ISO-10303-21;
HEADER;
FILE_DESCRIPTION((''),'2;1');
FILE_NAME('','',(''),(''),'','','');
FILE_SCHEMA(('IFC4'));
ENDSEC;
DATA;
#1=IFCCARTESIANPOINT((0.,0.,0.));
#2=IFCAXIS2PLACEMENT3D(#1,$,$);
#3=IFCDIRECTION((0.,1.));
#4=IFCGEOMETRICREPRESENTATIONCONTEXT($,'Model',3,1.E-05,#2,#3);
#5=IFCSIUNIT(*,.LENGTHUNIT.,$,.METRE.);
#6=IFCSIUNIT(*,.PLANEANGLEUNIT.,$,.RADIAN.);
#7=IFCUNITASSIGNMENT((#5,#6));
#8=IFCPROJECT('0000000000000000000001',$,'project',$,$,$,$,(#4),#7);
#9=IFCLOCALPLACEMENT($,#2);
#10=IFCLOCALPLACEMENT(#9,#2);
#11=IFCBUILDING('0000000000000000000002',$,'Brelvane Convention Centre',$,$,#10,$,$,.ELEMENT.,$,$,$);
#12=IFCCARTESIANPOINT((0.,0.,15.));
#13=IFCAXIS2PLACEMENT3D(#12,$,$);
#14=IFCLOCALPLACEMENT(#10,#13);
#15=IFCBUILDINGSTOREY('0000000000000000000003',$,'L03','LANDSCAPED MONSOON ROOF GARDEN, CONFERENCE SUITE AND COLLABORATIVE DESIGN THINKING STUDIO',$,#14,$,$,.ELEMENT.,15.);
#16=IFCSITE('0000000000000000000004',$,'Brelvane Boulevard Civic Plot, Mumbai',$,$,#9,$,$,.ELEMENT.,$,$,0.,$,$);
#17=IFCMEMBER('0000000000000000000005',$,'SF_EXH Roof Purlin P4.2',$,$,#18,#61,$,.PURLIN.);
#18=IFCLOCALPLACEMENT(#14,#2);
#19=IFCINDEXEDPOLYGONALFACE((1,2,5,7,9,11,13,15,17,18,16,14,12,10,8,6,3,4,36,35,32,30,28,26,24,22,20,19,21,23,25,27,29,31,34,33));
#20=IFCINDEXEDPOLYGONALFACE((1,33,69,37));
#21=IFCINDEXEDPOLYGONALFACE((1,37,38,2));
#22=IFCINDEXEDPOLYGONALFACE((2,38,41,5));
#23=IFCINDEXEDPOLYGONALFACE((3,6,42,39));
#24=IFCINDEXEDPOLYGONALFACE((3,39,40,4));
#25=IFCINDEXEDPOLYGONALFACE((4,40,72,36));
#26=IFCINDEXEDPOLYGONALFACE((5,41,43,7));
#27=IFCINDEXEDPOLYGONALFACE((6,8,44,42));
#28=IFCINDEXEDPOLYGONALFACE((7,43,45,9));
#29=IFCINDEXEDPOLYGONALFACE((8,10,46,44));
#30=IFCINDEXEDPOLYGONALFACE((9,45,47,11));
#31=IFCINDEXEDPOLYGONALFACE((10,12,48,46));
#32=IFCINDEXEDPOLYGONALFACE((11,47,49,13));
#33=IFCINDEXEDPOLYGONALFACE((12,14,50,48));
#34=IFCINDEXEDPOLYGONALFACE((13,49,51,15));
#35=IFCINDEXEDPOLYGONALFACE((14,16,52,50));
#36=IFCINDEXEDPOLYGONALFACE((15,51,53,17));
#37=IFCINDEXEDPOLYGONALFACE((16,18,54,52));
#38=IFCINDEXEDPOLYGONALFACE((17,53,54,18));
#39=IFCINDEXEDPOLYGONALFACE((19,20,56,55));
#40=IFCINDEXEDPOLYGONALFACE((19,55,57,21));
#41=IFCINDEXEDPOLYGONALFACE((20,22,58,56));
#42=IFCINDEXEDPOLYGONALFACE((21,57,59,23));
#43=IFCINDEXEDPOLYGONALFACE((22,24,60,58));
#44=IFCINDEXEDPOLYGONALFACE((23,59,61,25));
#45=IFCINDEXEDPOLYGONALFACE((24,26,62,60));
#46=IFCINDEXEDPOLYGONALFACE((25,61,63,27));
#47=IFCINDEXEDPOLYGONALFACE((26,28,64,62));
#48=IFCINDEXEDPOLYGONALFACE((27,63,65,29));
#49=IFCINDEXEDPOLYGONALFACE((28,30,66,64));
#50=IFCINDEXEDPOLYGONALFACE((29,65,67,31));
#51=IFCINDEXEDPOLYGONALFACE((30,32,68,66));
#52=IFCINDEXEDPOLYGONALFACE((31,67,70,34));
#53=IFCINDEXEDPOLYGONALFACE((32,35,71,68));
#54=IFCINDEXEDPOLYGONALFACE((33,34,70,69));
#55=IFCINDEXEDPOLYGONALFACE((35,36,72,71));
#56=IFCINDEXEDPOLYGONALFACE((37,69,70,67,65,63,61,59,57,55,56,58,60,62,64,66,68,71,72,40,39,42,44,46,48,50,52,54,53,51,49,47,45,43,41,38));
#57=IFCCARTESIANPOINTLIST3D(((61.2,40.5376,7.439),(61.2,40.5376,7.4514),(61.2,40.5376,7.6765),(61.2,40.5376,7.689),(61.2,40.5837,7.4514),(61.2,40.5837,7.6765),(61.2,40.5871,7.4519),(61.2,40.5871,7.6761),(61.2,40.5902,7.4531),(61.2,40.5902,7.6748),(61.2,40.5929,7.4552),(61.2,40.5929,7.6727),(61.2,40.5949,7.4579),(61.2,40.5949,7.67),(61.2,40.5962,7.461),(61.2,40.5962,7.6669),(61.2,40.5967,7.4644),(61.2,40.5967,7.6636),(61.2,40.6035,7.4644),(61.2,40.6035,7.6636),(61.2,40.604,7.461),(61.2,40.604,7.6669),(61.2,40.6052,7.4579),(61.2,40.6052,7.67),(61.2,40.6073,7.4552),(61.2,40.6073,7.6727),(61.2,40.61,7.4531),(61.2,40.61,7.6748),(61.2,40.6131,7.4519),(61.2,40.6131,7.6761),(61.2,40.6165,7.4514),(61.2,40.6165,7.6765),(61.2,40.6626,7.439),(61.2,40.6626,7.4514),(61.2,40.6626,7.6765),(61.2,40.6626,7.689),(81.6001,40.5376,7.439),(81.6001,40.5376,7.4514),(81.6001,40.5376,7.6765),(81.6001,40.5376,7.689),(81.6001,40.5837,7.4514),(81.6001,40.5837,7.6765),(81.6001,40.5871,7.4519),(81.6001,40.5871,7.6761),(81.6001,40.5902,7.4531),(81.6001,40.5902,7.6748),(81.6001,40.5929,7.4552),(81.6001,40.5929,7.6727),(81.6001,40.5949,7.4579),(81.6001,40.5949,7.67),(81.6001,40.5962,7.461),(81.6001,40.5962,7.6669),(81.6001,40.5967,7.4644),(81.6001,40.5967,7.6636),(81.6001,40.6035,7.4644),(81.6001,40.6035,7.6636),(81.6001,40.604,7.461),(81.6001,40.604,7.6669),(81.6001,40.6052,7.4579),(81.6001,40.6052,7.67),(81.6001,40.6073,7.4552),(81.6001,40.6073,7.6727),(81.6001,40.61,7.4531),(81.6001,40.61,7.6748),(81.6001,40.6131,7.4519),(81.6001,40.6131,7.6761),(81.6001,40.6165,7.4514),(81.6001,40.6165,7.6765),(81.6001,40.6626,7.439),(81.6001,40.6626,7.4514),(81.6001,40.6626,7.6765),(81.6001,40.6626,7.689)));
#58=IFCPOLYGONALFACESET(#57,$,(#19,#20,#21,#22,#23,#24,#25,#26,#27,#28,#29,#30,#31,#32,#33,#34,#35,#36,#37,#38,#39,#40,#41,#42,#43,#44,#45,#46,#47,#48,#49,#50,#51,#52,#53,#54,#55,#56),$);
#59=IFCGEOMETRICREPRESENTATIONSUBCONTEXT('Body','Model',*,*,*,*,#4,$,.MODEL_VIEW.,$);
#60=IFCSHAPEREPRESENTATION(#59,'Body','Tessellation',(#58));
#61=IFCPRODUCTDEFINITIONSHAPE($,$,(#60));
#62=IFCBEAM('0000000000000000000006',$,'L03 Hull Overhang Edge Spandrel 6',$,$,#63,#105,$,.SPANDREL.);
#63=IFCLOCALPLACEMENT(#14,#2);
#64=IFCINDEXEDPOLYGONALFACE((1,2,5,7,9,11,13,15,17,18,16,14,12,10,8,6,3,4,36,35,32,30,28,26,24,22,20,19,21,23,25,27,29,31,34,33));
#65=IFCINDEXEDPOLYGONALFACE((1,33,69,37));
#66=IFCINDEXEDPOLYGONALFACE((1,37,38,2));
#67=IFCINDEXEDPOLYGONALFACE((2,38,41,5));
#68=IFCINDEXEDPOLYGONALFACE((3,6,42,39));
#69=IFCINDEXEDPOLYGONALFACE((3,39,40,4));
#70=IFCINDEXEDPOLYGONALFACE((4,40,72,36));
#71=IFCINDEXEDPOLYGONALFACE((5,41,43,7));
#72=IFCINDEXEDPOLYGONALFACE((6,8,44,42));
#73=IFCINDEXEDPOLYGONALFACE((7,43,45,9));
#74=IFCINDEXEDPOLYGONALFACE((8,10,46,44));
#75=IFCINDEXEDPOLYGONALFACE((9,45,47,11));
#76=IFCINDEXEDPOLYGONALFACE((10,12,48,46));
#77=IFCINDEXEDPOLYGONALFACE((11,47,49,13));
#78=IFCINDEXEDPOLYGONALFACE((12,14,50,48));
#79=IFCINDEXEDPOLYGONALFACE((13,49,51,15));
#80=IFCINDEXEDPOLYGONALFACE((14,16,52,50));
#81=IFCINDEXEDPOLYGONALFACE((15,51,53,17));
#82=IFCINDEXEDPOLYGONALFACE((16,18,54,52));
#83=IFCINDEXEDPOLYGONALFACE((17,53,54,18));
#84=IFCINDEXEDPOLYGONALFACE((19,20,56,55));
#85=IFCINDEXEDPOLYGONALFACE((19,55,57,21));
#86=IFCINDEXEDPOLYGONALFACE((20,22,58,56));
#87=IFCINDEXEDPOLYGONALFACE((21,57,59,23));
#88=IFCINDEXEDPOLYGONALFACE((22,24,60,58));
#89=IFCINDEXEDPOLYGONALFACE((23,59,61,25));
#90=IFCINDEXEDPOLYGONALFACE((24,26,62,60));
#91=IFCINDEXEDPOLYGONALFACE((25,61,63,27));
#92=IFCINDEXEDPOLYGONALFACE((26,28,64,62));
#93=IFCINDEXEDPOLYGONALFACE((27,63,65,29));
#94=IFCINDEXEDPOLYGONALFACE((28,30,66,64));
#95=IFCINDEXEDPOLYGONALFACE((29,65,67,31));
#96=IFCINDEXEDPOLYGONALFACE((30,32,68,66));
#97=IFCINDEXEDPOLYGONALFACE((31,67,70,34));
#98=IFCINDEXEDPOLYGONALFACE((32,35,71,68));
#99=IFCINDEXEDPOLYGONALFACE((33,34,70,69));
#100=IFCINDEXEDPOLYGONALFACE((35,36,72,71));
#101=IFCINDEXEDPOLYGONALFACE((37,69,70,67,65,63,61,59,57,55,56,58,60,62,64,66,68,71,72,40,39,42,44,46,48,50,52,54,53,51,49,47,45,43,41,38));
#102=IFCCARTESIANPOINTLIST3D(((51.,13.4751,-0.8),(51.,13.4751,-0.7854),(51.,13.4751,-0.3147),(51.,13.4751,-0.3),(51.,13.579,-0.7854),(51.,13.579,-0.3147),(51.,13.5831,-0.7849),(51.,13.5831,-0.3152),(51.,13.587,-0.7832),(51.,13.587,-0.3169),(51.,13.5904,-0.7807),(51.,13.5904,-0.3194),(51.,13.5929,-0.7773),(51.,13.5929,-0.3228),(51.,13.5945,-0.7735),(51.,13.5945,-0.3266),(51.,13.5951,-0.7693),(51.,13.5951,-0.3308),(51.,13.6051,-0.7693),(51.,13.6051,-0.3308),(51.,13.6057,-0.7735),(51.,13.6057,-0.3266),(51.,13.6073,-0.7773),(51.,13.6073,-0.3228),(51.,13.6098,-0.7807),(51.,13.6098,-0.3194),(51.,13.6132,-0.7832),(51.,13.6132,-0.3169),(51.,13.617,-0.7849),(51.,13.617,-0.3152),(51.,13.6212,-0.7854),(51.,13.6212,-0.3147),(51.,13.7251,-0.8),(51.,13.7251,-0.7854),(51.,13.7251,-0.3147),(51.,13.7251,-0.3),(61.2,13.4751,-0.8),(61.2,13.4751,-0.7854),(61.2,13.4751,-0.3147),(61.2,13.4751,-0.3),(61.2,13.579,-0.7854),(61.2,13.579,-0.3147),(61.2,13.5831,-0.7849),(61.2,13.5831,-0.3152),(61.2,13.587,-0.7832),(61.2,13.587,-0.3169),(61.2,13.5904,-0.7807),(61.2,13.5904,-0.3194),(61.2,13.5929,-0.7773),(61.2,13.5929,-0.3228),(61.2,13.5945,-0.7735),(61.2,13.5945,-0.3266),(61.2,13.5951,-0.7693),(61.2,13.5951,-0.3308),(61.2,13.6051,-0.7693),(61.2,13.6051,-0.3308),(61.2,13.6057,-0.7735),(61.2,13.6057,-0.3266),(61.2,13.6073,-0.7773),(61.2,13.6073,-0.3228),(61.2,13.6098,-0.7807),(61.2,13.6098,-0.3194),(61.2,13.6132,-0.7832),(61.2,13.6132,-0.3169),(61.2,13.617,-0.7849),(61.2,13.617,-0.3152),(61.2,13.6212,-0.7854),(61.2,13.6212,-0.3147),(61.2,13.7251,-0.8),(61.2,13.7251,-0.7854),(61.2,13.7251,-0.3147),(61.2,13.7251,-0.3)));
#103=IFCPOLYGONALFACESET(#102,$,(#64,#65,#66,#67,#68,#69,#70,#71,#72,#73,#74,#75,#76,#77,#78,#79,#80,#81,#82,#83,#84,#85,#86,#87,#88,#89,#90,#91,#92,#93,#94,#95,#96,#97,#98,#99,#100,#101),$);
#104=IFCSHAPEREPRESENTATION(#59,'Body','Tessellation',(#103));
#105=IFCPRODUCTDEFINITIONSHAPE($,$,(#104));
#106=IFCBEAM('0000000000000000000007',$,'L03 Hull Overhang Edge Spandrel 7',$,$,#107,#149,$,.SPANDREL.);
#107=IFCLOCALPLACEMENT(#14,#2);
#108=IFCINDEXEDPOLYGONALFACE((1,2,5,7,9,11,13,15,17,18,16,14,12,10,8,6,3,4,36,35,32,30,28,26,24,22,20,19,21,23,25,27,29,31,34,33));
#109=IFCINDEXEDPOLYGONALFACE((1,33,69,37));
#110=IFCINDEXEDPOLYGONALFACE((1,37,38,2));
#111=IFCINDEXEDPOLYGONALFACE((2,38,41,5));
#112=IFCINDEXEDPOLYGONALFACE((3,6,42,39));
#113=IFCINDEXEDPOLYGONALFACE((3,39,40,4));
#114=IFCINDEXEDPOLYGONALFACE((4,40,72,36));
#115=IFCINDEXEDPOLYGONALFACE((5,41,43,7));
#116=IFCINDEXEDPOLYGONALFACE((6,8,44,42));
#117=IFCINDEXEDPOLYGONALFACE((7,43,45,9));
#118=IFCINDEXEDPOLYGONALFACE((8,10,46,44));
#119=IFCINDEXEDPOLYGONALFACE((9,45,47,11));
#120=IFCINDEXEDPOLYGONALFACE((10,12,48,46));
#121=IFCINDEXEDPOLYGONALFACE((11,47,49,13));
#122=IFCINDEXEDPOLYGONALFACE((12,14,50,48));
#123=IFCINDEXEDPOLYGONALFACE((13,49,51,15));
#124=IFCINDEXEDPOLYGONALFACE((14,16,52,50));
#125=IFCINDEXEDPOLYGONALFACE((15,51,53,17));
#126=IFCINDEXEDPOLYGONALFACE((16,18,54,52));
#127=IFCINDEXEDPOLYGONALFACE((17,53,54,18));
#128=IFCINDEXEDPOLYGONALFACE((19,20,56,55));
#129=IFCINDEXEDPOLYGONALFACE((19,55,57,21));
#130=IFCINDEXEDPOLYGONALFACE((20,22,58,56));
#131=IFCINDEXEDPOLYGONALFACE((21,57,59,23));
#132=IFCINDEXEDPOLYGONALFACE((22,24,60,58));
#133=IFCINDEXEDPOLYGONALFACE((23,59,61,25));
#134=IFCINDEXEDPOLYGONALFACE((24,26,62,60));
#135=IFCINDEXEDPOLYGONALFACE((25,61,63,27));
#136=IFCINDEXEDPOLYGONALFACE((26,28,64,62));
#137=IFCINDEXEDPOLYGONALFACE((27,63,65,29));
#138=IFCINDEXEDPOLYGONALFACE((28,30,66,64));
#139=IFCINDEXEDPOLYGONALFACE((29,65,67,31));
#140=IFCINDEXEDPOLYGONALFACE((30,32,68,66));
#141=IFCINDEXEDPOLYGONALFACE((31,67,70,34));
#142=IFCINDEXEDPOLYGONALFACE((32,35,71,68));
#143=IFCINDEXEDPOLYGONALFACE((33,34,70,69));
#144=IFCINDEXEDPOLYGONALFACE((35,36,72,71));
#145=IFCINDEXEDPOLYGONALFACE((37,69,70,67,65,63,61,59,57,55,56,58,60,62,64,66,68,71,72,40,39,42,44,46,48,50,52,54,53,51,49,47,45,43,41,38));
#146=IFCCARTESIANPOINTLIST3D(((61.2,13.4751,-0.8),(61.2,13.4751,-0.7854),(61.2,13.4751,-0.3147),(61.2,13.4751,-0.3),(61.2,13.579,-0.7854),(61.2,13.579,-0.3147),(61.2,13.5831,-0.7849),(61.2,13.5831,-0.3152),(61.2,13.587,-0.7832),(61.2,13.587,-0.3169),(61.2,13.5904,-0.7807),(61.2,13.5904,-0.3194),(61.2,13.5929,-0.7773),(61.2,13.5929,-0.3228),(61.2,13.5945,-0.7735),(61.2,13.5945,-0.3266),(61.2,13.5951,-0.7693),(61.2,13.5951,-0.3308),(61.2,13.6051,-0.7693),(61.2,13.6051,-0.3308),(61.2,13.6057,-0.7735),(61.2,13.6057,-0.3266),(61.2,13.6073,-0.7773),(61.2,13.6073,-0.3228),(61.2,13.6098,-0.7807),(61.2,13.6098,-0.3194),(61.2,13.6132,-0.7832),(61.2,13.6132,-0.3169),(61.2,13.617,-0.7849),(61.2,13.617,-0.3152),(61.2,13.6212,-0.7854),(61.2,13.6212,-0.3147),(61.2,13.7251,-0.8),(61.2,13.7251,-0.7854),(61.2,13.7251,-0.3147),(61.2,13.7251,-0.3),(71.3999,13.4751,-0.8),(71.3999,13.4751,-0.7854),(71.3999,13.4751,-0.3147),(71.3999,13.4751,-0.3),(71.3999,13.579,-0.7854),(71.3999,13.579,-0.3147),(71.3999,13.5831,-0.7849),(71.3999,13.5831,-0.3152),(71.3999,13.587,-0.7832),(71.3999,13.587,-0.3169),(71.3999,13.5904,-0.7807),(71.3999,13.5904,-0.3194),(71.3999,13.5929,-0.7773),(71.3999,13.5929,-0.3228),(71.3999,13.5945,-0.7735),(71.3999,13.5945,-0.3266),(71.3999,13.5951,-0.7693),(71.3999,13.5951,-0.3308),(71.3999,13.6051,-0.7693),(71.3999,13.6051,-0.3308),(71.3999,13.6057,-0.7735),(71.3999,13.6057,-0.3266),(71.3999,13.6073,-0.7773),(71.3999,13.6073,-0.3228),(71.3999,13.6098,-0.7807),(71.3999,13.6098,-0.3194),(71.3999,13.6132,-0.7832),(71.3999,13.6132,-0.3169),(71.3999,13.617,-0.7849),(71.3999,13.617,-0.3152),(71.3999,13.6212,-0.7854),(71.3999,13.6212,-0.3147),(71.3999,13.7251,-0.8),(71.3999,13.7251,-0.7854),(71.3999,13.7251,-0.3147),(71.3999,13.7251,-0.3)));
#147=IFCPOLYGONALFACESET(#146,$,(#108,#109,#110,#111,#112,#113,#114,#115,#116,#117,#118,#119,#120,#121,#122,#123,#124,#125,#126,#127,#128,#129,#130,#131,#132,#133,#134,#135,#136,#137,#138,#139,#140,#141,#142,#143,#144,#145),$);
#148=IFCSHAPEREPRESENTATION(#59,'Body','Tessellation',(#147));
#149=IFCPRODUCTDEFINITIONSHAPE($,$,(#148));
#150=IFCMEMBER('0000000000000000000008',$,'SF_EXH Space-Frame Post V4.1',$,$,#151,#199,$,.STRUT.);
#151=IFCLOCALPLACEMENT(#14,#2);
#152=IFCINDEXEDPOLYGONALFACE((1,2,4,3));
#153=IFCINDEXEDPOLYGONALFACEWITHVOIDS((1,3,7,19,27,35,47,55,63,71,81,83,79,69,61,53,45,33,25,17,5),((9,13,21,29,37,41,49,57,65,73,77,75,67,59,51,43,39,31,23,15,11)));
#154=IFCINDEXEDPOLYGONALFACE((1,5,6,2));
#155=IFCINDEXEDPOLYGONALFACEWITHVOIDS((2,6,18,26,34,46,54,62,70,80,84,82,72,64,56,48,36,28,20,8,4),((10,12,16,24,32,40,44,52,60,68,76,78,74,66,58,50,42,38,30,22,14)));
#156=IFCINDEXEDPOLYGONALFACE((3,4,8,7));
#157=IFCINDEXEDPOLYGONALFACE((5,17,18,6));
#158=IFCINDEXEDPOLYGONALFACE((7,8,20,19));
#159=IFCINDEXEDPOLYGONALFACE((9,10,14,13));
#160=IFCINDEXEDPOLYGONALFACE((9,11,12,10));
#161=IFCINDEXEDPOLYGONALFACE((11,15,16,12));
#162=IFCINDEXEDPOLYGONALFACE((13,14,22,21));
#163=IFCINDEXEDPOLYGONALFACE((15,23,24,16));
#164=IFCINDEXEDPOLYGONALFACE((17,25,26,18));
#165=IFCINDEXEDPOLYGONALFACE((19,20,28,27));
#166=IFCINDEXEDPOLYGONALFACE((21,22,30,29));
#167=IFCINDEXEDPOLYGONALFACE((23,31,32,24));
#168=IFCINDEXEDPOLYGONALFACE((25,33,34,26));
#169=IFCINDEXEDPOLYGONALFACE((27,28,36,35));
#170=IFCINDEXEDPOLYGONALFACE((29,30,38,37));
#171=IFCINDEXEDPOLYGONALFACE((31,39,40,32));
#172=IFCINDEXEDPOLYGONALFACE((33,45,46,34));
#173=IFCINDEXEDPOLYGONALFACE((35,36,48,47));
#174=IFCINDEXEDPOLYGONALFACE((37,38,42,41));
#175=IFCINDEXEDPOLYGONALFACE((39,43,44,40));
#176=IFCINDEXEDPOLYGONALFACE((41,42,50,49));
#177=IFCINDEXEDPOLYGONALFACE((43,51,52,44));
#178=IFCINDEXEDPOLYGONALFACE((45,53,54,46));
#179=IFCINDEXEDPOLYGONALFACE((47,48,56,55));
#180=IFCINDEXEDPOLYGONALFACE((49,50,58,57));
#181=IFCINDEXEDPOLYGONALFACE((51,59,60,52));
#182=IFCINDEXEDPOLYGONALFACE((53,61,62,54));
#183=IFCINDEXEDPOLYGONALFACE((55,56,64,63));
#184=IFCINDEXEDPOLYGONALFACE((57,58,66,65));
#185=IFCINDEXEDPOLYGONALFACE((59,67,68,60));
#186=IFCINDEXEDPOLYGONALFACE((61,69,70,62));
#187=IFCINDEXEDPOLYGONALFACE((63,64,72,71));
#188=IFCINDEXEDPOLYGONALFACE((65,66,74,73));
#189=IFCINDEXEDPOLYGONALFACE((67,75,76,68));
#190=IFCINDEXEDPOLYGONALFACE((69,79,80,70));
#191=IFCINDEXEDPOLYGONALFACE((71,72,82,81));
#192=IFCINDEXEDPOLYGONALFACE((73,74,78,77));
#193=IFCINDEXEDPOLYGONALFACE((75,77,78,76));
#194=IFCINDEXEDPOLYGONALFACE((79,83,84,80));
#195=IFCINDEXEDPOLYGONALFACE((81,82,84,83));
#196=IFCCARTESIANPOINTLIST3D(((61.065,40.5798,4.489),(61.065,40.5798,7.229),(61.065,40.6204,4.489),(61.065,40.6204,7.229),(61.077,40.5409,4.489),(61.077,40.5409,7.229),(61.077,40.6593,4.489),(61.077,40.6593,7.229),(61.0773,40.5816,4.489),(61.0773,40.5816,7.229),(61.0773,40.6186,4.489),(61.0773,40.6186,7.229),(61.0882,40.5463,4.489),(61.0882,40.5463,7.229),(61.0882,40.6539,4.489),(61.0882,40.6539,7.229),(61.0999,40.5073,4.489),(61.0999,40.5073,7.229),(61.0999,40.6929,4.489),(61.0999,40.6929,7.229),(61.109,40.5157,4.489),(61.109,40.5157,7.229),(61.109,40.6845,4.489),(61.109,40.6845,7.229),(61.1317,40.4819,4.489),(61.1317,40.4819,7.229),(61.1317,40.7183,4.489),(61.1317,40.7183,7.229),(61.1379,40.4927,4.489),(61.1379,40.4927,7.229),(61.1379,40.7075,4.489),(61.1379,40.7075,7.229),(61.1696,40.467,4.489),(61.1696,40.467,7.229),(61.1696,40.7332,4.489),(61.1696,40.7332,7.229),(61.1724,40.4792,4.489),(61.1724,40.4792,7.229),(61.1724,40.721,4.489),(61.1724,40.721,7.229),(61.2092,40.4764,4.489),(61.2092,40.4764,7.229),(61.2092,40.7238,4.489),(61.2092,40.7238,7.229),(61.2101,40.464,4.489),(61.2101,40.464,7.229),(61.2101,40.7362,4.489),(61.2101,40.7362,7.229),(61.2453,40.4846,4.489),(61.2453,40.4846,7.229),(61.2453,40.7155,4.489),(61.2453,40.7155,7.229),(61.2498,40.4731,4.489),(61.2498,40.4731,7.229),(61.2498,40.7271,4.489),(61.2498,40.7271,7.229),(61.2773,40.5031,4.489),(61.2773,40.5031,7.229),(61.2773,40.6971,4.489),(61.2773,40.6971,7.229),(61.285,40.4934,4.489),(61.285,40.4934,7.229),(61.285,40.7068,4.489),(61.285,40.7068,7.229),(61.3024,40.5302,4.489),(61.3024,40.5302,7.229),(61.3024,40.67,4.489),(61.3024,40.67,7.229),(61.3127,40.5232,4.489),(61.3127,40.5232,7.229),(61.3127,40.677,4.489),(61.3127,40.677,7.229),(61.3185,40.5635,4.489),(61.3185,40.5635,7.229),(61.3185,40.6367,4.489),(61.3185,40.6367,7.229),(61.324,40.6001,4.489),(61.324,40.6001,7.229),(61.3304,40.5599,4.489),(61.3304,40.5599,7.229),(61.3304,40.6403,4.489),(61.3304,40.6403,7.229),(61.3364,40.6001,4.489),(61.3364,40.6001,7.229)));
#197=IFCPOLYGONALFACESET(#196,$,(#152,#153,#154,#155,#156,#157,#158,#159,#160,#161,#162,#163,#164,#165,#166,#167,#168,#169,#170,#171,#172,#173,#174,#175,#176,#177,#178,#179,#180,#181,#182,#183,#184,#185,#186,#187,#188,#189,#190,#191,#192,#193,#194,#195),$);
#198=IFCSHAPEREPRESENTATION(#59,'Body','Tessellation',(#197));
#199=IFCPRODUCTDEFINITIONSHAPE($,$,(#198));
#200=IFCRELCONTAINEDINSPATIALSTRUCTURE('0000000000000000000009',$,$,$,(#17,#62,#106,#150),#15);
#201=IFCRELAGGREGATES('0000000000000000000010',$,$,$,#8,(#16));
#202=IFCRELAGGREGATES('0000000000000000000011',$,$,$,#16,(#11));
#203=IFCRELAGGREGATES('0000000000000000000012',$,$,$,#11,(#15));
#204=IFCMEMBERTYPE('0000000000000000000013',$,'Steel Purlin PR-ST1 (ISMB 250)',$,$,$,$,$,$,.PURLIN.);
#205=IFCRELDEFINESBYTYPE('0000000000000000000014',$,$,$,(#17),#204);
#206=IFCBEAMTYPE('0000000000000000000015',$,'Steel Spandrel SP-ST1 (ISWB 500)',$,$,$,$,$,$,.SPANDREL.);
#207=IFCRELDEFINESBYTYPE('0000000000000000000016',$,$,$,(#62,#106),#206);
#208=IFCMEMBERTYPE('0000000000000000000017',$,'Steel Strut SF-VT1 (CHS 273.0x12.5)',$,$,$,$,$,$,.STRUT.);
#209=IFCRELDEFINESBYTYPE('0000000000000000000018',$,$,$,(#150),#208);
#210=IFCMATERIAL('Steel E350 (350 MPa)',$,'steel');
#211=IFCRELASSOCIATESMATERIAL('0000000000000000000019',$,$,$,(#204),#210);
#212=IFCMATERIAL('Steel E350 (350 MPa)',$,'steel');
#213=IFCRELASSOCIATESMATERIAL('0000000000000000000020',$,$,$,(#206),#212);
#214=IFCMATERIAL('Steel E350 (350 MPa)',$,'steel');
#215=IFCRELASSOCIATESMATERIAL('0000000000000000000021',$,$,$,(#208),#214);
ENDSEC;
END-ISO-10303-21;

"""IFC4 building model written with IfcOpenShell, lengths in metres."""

from ifc_helpers import new_model, si_unit, direction, frame, origin, origin_2d, place, context, subcontext, project, spatial, hollow_circle, i_section, extrude, material, material_profile, profile_set, type_object, element, save


model = new_model("IFC4")

# Units and contexts
model_context = context("Model", 3, precision=1e-05, world=origin(), true_north=direction((0.0, 1.0)))
body_context = subcontext(model_context, "Body", "Model", "MODEL_VIEW")
ifc_project = project(units=[si_unit("LENGTHUNIT", "METRE"), si_unit("PLANEANGLEUNIT", "RADIAN")], contexts=[model_context])

# Site, building, storey
site_placement = place(None, origin())
site = spatial("IfcSite", under=ifc_project, at=site_placement, Name="Brelvane Boulevard Civic Plot, Mumbai", CompositionType="ELEMENT", RefElevation=0.0)
building_placement = place(site_placement, origin())
building = spatial("IfcBuilding", under=site, at=building_placement, Name="Brelvane Convention Centre", CompositionType="ELEMENT")
storey_placement = place(building_placement, frame((0.0, 0.0, 15.0)))
storey = spatial("IfcBuildingStorey", under=building, at=storey_placement, Name="L03", Description="LANDSCAPED MONSOON ROOF GARDEN, CONFERENCE SUITE AND COLLABORATIVE DESIGN THINKING STUDIO", CompositionType="ELEMENT", Elevation=15.0)

# Member
ifc_material_1 = material(Name="Steel E350 (350 MPa)", Category="steel")
ifc_material_profile_1 = material_profile(ifc_material_1, i_section(OverallWidth=0.125, OverallDepth=0.25, WebThickness=0.0068, FlangeThickness=0.0125, FilletRadius=0.0129, at=origin_2d()), Name="ISMB 250")
ifc_profile_set_1 = profile_set([ifc_material_profile_1], Name="Steel E350 (350 MPa)")
member_type_1 = type_object("IfcMemberType", Name="Steel Purlin PR-ST1 (ISMB 250)", PredefinedType="PURLIN", material=ifc_profile_set_1)
member_1_placement = place(storey_placement, frame((61.2, 40.6001, 7.564), z_axis=(1.0, 0.0, 0.0), x_axis=(0.0, 1.0, 0.0)))
element("IfcMember", 1, at=member_1_placement, inside=storey, type_object=member_type_1, Name="SF_EXH Roof Purlin P4.2", PredefinedType="PURLIN", context=body_context, shape_type="SweptSolid", body=[
    extrude(i_section(OverallWidth=0.125, OverallDepth=0.25, WebThickness=0.0068, FlangeThickness=0.0125, FilletRadius=0.0129, at=origin_2d()), origin(), (0.0, 0.0, 1.0), 20.4001),
])

# Beams
ifc_material_2 = material(Name="Steel E350 (350 MPa)", Category="steel")
ifc_material_profile_2 = material_profile(ifc_material_2, i_section(OverallWidth=0.25, OverallDepth=0.5, WebThickness=0.01, FlangeThickness=0.0146, FilletRadius=0.0161, at=origin_2d()), Name="ISWB 500")
ifc_profile_set_2 = profile_set([ifc_material_profile_2], Name="Steel E350 (350 MPa)")
beam_type_1 = type_object("IfcBeamType", Name="Steel Spandrel SP-ST1 (ISWB 500)", PredefinedType="SPANDREL", material=ifc_profile_set_2)
for number, where, z_axis, x_axis, name in (
    (2, (51.0, 13.6001, -0.55), (1.0, 0.0, 0.0), (0.0, 1.0, 0.0), "L03 Hull Overhang Edge Spandrel 6"),
    (3, (61.2, 13.6001, -0.55), (1.0, 0.0, 0.0), (0.0, 1.0, 0.0), "L03 Hull Overhang Edge Spandrel 7"),
):
    element("IfcBeam", number, at=place(storey_placement, frame(where, z_axis=z_axis, x_axis=x_axis)), inside=storey, type_object=beam_type_1, Name=name, PredefinedType="SPANDREL", context=body_context, shape_type="SweptSolid", body=[
        extrude(i_section(OverallWidth=0.25, OverallDepth=0.5, WebThickness=0.01, FlangeThickness=0.0146, FilletRadius=0.0161, at=origin_2d()), origin(), (0.0, 0.0, 1.0), 10.2),
    ])

# Member
ifc_material_3 = material(Name="Steel E350 (350 MPa)", Category="steel")
ifc_material_profile_3 = material_profile(ifc_material_3, hollow_circle(Radius=0.1365, WallThickness=0.0125, at=origin_2d()), Name="CHS 273.0x12.5")
ifc_profile_set_3 = profile_set([ifc_material_profile_3], Name="Steel E350 (350 MPa)")
member_type_2 = type_object("IfcMemberType", Name="Steel Strut SF-VT1 (CHS 273.0x12.5)", PredefinedType="STRUT", material=ifc_profile_set_3)
member_2_placement = place(storey_placement, frame((61.2, 40.6001, 4.489), z_axis=(0.0, 0.0, 1.0), x_axis=(1.0, 0.0, 0.0)))
element("IfcMember", 4, at=member_2_placement, inside=storey, type_object=member_type_2, Name="SF_EXH Space-Frame Post V4.1", PredefinedType="STRUT", context=body_context, shape_type="SweptSolid", body=[
    extrude(hollow_circle(Radius=0.1365, WallThickness=0.0125, at=origin_2d()), origin(), (0.0, 0.0, 1.0), 2.74),
])

save(model, "model.ifc")
